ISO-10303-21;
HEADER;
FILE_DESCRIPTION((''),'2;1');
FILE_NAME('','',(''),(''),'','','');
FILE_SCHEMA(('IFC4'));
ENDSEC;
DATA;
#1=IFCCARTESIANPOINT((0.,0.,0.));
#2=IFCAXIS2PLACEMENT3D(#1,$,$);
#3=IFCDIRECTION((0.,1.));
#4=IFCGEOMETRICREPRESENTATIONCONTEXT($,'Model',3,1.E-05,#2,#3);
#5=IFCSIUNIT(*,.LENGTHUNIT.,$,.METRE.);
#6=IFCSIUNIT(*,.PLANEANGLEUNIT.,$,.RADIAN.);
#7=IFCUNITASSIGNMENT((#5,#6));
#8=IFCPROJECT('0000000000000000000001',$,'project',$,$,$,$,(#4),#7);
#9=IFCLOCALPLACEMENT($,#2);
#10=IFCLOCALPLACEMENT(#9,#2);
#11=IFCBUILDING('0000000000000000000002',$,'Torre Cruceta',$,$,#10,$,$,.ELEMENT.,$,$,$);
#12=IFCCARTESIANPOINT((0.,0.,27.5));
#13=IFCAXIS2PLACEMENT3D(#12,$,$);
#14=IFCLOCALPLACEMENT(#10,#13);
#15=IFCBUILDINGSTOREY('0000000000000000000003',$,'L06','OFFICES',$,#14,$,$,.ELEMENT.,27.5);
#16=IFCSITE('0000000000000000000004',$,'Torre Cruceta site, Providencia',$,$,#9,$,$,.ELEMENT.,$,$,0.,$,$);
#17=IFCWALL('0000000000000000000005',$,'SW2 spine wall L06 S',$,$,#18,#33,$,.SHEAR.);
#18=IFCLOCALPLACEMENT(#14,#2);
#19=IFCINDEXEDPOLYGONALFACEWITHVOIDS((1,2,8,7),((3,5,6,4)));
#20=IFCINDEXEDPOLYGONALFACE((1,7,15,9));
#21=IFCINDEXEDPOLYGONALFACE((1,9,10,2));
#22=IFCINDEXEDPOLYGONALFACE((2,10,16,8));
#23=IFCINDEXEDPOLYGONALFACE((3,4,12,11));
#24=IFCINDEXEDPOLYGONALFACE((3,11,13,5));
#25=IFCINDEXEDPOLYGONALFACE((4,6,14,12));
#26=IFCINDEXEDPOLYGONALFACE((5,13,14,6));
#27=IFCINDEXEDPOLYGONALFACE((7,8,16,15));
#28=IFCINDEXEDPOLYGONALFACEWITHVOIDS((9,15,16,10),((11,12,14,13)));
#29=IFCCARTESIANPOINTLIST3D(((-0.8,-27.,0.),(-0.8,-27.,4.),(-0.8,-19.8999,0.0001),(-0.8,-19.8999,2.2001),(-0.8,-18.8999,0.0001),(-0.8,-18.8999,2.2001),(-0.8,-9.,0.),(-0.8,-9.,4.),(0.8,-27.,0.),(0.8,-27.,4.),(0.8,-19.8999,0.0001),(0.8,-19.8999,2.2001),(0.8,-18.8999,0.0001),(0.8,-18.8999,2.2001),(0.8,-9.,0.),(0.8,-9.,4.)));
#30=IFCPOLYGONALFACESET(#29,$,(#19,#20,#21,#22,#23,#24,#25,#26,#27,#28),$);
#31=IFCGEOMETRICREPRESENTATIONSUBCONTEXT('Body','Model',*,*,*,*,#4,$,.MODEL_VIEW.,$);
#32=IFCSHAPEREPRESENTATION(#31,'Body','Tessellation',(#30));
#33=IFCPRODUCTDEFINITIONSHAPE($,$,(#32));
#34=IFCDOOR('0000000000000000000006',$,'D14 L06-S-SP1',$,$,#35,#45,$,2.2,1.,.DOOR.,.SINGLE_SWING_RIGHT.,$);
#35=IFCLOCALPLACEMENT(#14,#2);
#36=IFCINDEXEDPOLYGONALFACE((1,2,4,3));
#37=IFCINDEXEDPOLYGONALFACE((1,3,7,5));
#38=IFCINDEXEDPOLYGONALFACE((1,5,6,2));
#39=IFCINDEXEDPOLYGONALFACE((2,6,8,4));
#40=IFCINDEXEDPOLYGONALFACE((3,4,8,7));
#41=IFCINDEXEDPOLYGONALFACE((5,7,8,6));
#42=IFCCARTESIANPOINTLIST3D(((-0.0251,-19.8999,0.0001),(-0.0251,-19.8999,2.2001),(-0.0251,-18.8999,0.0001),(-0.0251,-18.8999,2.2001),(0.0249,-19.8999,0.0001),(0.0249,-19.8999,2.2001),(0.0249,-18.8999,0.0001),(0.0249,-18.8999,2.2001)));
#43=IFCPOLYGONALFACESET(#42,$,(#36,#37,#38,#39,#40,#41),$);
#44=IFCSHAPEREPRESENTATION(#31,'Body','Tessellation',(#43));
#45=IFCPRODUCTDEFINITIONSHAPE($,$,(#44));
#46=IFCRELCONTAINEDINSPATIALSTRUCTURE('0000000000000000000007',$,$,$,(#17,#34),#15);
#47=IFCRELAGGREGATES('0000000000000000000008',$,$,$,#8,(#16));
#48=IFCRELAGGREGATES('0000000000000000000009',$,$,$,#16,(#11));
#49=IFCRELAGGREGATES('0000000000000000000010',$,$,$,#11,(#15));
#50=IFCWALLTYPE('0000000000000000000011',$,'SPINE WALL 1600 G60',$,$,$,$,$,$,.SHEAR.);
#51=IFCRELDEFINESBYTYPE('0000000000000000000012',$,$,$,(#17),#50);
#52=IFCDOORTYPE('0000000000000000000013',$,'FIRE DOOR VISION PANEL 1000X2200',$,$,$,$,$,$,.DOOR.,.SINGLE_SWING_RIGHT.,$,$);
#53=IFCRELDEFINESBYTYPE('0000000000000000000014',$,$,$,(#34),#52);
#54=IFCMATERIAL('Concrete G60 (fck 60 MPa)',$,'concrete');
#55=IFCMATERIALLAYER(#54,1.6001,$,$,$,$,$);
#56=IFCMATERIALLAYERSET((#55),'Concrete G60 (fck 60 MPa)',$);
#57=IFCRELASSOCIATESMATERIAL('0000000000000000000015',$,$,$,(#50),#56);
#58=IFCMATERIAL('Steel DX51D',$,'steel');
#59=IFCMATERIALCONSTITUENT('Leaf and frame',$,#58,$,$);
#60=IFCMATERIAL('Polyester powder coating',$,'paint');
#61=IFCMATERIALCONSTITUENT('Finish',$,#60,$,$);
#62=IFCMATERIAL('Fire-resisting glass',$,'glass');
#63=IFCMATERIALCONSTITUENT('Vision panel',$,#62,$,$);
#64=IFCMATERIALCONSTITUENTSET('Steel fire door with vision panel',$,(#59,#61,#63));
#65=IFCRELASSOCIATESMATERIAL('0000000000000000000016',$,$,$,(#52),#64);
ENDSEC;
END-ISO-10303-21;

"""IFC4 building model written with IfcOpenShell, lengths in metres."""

from ifc_helpers import new_model, si_unit, direction, frame, frame_2d, origin, place, context, subcontext, project, spatial, rectangle, extrude, material, layer, layer_set, constituent, constituent_set, type_object, element, fill, save


model = new_model("IFC4")

# Units and contexts
model_context = context("Model", 3, precision=1e-05, world=origin(), true_north=direction((0.0, 1.0)))
body_context = subcontext(model_context, "Body", "Model", "MODEL_VIEW")
ifc_project = project(units=[si_unit("LENGTHUNIT", "METRE"), si_unit("PLANEANGLEUNIT", "RADIAN")], contexts=[model_context])

# Site, building, storey
site_placement = place(None, origin())
site = spatial("IfcSite", under=ifc_project, at=site_placement, Name="Torre Cruceta site, Providencia", CompositionType="ELEMENT", RefElevation=0.0)
building_placement = place(site_placement, origin())
building = spatial("IfcBuilding", under=site, at=building_placement, Name="Torre Cruceta", CompositionType="ELEMENT")
storey_placement = place(building_placement, frame((0.0, 0.0, 27.5)))
storey = spatial("IfcBuildingStorey", under=building, at=storey_placement, Name="L06", Description="OFFICES", CompositionType="ELEMENT", Elevation=27.5)

# Wall, opening, door
ifc_material_1 = material(Name="Concrete G60 (fck 60 MPa)", Category="concrete")
ifc_layer_1 = layer(ifc_material_1, 1.6001)
ifc_layer_set_1 = layer_set([ifc_layer_1], Name="Concrete G60 (fck 60 MPa)")
wall_type_1 = type_object("IfcWallType", Name="SPINE WALL 1600 G60", PredefinedType="SHEAR", material=ifc_layer_set_1)
wall_1_placement = place(storey_placement, frame((0.0, -9.0, 0.0), z_axis=(0.0, 0.0, 1.0), x_axis=(0.0, -1.0, 0.0)))
wall_1 = element("IfcWall", 1, at=wall_1_placement, inside=storey, type_object=wall_type_1, Name="SW2 spine wall L06 S", PredefinedType="SHEAR", context=body_context, shape_type="SweptSolid", body=[
    extrude(rectangle(XDim=18.0, YDim=1.6001, at=frame_2d((9.0, 0.0))), origin(), (0.0, 0.0, 1.0), 4.0),
])
opening_1_placement = place(wall_1_placement, frame((9.8999, 0.0, 0.0)))
opening_1 = element("IfcOpeningElement", 2, at=opening_1_placement, cuts=wall_1, PredefinedType="OPENING", context=body_context, shape_type="SweptSolid", body=[
    extrude(rectangle(XDim=1.0, YDim=2.2, at=frame_2d((0.5, 1.1001))), frame((0.0, 0.8101, 0.0), z_axis=(0.0, -1.0, 0.0), x_axis=(1.0, 0.0, 0.0)), (0.0, 0.0, 1.0), 1.6201),
])
ifc_material_2 = material(Name="Steel DX51D", Category="steel")
ifc_constituent_1 = constituent(ifc_material_2, Name="Leaf and frame")
ifc_material_3 = material(Name="Polyester powder coating", Category="paint")
ifc_constituent_2 = constituent(ifc_material_3, Name="Finish")
ifc_material_4 = material(Name="Fire-resisting glass", Category="glass")
ifc_constituent_3 = constituent(ifc_material_4, Name="Vision panel")
ifc_constituent_set_1 = constituent_set(constituents=[ifc_constituent_1, ifc_constituent_2, ifc_constituent_3], Name="Steel fire door with vision panel")
door_type_1 = type_object("IfcDoorType", Name="FIRE DOOR VISION PANEL 1000X2200", OperationType="SINGLE_SWING_RIGHT", PredefinedType="DOOR", material=ifc_constituent_set_1)
door_1_placement = place(opening_1_placement, origin())
door_1 = element("IfcDoor", 3, at=door_1_placement, inside=storey, type_object=door_type_1, Name="D14 L06-S-SP1", OperationType="SINGLE_SWING_RIGHT", OverallHeight=2.2, OverallWidth=1.0, PredefinedType="DOOR", context=body_context, shape_type="SweptSolid", body=[
    extrude(rectangle(XDim=1.0, YDim=2.2, at=frame_2d((0.5, 1.1001))), frame((0.0, 0.0249, 0.0), z_axis=(0.0, -1.0, 0.0), x_axis=(1.0, 0.0, 0.0)), (0.0, 0.0, 1.0), 0.05),
])
fill(opening_1, door_1)

save(model, "model.ifc")
